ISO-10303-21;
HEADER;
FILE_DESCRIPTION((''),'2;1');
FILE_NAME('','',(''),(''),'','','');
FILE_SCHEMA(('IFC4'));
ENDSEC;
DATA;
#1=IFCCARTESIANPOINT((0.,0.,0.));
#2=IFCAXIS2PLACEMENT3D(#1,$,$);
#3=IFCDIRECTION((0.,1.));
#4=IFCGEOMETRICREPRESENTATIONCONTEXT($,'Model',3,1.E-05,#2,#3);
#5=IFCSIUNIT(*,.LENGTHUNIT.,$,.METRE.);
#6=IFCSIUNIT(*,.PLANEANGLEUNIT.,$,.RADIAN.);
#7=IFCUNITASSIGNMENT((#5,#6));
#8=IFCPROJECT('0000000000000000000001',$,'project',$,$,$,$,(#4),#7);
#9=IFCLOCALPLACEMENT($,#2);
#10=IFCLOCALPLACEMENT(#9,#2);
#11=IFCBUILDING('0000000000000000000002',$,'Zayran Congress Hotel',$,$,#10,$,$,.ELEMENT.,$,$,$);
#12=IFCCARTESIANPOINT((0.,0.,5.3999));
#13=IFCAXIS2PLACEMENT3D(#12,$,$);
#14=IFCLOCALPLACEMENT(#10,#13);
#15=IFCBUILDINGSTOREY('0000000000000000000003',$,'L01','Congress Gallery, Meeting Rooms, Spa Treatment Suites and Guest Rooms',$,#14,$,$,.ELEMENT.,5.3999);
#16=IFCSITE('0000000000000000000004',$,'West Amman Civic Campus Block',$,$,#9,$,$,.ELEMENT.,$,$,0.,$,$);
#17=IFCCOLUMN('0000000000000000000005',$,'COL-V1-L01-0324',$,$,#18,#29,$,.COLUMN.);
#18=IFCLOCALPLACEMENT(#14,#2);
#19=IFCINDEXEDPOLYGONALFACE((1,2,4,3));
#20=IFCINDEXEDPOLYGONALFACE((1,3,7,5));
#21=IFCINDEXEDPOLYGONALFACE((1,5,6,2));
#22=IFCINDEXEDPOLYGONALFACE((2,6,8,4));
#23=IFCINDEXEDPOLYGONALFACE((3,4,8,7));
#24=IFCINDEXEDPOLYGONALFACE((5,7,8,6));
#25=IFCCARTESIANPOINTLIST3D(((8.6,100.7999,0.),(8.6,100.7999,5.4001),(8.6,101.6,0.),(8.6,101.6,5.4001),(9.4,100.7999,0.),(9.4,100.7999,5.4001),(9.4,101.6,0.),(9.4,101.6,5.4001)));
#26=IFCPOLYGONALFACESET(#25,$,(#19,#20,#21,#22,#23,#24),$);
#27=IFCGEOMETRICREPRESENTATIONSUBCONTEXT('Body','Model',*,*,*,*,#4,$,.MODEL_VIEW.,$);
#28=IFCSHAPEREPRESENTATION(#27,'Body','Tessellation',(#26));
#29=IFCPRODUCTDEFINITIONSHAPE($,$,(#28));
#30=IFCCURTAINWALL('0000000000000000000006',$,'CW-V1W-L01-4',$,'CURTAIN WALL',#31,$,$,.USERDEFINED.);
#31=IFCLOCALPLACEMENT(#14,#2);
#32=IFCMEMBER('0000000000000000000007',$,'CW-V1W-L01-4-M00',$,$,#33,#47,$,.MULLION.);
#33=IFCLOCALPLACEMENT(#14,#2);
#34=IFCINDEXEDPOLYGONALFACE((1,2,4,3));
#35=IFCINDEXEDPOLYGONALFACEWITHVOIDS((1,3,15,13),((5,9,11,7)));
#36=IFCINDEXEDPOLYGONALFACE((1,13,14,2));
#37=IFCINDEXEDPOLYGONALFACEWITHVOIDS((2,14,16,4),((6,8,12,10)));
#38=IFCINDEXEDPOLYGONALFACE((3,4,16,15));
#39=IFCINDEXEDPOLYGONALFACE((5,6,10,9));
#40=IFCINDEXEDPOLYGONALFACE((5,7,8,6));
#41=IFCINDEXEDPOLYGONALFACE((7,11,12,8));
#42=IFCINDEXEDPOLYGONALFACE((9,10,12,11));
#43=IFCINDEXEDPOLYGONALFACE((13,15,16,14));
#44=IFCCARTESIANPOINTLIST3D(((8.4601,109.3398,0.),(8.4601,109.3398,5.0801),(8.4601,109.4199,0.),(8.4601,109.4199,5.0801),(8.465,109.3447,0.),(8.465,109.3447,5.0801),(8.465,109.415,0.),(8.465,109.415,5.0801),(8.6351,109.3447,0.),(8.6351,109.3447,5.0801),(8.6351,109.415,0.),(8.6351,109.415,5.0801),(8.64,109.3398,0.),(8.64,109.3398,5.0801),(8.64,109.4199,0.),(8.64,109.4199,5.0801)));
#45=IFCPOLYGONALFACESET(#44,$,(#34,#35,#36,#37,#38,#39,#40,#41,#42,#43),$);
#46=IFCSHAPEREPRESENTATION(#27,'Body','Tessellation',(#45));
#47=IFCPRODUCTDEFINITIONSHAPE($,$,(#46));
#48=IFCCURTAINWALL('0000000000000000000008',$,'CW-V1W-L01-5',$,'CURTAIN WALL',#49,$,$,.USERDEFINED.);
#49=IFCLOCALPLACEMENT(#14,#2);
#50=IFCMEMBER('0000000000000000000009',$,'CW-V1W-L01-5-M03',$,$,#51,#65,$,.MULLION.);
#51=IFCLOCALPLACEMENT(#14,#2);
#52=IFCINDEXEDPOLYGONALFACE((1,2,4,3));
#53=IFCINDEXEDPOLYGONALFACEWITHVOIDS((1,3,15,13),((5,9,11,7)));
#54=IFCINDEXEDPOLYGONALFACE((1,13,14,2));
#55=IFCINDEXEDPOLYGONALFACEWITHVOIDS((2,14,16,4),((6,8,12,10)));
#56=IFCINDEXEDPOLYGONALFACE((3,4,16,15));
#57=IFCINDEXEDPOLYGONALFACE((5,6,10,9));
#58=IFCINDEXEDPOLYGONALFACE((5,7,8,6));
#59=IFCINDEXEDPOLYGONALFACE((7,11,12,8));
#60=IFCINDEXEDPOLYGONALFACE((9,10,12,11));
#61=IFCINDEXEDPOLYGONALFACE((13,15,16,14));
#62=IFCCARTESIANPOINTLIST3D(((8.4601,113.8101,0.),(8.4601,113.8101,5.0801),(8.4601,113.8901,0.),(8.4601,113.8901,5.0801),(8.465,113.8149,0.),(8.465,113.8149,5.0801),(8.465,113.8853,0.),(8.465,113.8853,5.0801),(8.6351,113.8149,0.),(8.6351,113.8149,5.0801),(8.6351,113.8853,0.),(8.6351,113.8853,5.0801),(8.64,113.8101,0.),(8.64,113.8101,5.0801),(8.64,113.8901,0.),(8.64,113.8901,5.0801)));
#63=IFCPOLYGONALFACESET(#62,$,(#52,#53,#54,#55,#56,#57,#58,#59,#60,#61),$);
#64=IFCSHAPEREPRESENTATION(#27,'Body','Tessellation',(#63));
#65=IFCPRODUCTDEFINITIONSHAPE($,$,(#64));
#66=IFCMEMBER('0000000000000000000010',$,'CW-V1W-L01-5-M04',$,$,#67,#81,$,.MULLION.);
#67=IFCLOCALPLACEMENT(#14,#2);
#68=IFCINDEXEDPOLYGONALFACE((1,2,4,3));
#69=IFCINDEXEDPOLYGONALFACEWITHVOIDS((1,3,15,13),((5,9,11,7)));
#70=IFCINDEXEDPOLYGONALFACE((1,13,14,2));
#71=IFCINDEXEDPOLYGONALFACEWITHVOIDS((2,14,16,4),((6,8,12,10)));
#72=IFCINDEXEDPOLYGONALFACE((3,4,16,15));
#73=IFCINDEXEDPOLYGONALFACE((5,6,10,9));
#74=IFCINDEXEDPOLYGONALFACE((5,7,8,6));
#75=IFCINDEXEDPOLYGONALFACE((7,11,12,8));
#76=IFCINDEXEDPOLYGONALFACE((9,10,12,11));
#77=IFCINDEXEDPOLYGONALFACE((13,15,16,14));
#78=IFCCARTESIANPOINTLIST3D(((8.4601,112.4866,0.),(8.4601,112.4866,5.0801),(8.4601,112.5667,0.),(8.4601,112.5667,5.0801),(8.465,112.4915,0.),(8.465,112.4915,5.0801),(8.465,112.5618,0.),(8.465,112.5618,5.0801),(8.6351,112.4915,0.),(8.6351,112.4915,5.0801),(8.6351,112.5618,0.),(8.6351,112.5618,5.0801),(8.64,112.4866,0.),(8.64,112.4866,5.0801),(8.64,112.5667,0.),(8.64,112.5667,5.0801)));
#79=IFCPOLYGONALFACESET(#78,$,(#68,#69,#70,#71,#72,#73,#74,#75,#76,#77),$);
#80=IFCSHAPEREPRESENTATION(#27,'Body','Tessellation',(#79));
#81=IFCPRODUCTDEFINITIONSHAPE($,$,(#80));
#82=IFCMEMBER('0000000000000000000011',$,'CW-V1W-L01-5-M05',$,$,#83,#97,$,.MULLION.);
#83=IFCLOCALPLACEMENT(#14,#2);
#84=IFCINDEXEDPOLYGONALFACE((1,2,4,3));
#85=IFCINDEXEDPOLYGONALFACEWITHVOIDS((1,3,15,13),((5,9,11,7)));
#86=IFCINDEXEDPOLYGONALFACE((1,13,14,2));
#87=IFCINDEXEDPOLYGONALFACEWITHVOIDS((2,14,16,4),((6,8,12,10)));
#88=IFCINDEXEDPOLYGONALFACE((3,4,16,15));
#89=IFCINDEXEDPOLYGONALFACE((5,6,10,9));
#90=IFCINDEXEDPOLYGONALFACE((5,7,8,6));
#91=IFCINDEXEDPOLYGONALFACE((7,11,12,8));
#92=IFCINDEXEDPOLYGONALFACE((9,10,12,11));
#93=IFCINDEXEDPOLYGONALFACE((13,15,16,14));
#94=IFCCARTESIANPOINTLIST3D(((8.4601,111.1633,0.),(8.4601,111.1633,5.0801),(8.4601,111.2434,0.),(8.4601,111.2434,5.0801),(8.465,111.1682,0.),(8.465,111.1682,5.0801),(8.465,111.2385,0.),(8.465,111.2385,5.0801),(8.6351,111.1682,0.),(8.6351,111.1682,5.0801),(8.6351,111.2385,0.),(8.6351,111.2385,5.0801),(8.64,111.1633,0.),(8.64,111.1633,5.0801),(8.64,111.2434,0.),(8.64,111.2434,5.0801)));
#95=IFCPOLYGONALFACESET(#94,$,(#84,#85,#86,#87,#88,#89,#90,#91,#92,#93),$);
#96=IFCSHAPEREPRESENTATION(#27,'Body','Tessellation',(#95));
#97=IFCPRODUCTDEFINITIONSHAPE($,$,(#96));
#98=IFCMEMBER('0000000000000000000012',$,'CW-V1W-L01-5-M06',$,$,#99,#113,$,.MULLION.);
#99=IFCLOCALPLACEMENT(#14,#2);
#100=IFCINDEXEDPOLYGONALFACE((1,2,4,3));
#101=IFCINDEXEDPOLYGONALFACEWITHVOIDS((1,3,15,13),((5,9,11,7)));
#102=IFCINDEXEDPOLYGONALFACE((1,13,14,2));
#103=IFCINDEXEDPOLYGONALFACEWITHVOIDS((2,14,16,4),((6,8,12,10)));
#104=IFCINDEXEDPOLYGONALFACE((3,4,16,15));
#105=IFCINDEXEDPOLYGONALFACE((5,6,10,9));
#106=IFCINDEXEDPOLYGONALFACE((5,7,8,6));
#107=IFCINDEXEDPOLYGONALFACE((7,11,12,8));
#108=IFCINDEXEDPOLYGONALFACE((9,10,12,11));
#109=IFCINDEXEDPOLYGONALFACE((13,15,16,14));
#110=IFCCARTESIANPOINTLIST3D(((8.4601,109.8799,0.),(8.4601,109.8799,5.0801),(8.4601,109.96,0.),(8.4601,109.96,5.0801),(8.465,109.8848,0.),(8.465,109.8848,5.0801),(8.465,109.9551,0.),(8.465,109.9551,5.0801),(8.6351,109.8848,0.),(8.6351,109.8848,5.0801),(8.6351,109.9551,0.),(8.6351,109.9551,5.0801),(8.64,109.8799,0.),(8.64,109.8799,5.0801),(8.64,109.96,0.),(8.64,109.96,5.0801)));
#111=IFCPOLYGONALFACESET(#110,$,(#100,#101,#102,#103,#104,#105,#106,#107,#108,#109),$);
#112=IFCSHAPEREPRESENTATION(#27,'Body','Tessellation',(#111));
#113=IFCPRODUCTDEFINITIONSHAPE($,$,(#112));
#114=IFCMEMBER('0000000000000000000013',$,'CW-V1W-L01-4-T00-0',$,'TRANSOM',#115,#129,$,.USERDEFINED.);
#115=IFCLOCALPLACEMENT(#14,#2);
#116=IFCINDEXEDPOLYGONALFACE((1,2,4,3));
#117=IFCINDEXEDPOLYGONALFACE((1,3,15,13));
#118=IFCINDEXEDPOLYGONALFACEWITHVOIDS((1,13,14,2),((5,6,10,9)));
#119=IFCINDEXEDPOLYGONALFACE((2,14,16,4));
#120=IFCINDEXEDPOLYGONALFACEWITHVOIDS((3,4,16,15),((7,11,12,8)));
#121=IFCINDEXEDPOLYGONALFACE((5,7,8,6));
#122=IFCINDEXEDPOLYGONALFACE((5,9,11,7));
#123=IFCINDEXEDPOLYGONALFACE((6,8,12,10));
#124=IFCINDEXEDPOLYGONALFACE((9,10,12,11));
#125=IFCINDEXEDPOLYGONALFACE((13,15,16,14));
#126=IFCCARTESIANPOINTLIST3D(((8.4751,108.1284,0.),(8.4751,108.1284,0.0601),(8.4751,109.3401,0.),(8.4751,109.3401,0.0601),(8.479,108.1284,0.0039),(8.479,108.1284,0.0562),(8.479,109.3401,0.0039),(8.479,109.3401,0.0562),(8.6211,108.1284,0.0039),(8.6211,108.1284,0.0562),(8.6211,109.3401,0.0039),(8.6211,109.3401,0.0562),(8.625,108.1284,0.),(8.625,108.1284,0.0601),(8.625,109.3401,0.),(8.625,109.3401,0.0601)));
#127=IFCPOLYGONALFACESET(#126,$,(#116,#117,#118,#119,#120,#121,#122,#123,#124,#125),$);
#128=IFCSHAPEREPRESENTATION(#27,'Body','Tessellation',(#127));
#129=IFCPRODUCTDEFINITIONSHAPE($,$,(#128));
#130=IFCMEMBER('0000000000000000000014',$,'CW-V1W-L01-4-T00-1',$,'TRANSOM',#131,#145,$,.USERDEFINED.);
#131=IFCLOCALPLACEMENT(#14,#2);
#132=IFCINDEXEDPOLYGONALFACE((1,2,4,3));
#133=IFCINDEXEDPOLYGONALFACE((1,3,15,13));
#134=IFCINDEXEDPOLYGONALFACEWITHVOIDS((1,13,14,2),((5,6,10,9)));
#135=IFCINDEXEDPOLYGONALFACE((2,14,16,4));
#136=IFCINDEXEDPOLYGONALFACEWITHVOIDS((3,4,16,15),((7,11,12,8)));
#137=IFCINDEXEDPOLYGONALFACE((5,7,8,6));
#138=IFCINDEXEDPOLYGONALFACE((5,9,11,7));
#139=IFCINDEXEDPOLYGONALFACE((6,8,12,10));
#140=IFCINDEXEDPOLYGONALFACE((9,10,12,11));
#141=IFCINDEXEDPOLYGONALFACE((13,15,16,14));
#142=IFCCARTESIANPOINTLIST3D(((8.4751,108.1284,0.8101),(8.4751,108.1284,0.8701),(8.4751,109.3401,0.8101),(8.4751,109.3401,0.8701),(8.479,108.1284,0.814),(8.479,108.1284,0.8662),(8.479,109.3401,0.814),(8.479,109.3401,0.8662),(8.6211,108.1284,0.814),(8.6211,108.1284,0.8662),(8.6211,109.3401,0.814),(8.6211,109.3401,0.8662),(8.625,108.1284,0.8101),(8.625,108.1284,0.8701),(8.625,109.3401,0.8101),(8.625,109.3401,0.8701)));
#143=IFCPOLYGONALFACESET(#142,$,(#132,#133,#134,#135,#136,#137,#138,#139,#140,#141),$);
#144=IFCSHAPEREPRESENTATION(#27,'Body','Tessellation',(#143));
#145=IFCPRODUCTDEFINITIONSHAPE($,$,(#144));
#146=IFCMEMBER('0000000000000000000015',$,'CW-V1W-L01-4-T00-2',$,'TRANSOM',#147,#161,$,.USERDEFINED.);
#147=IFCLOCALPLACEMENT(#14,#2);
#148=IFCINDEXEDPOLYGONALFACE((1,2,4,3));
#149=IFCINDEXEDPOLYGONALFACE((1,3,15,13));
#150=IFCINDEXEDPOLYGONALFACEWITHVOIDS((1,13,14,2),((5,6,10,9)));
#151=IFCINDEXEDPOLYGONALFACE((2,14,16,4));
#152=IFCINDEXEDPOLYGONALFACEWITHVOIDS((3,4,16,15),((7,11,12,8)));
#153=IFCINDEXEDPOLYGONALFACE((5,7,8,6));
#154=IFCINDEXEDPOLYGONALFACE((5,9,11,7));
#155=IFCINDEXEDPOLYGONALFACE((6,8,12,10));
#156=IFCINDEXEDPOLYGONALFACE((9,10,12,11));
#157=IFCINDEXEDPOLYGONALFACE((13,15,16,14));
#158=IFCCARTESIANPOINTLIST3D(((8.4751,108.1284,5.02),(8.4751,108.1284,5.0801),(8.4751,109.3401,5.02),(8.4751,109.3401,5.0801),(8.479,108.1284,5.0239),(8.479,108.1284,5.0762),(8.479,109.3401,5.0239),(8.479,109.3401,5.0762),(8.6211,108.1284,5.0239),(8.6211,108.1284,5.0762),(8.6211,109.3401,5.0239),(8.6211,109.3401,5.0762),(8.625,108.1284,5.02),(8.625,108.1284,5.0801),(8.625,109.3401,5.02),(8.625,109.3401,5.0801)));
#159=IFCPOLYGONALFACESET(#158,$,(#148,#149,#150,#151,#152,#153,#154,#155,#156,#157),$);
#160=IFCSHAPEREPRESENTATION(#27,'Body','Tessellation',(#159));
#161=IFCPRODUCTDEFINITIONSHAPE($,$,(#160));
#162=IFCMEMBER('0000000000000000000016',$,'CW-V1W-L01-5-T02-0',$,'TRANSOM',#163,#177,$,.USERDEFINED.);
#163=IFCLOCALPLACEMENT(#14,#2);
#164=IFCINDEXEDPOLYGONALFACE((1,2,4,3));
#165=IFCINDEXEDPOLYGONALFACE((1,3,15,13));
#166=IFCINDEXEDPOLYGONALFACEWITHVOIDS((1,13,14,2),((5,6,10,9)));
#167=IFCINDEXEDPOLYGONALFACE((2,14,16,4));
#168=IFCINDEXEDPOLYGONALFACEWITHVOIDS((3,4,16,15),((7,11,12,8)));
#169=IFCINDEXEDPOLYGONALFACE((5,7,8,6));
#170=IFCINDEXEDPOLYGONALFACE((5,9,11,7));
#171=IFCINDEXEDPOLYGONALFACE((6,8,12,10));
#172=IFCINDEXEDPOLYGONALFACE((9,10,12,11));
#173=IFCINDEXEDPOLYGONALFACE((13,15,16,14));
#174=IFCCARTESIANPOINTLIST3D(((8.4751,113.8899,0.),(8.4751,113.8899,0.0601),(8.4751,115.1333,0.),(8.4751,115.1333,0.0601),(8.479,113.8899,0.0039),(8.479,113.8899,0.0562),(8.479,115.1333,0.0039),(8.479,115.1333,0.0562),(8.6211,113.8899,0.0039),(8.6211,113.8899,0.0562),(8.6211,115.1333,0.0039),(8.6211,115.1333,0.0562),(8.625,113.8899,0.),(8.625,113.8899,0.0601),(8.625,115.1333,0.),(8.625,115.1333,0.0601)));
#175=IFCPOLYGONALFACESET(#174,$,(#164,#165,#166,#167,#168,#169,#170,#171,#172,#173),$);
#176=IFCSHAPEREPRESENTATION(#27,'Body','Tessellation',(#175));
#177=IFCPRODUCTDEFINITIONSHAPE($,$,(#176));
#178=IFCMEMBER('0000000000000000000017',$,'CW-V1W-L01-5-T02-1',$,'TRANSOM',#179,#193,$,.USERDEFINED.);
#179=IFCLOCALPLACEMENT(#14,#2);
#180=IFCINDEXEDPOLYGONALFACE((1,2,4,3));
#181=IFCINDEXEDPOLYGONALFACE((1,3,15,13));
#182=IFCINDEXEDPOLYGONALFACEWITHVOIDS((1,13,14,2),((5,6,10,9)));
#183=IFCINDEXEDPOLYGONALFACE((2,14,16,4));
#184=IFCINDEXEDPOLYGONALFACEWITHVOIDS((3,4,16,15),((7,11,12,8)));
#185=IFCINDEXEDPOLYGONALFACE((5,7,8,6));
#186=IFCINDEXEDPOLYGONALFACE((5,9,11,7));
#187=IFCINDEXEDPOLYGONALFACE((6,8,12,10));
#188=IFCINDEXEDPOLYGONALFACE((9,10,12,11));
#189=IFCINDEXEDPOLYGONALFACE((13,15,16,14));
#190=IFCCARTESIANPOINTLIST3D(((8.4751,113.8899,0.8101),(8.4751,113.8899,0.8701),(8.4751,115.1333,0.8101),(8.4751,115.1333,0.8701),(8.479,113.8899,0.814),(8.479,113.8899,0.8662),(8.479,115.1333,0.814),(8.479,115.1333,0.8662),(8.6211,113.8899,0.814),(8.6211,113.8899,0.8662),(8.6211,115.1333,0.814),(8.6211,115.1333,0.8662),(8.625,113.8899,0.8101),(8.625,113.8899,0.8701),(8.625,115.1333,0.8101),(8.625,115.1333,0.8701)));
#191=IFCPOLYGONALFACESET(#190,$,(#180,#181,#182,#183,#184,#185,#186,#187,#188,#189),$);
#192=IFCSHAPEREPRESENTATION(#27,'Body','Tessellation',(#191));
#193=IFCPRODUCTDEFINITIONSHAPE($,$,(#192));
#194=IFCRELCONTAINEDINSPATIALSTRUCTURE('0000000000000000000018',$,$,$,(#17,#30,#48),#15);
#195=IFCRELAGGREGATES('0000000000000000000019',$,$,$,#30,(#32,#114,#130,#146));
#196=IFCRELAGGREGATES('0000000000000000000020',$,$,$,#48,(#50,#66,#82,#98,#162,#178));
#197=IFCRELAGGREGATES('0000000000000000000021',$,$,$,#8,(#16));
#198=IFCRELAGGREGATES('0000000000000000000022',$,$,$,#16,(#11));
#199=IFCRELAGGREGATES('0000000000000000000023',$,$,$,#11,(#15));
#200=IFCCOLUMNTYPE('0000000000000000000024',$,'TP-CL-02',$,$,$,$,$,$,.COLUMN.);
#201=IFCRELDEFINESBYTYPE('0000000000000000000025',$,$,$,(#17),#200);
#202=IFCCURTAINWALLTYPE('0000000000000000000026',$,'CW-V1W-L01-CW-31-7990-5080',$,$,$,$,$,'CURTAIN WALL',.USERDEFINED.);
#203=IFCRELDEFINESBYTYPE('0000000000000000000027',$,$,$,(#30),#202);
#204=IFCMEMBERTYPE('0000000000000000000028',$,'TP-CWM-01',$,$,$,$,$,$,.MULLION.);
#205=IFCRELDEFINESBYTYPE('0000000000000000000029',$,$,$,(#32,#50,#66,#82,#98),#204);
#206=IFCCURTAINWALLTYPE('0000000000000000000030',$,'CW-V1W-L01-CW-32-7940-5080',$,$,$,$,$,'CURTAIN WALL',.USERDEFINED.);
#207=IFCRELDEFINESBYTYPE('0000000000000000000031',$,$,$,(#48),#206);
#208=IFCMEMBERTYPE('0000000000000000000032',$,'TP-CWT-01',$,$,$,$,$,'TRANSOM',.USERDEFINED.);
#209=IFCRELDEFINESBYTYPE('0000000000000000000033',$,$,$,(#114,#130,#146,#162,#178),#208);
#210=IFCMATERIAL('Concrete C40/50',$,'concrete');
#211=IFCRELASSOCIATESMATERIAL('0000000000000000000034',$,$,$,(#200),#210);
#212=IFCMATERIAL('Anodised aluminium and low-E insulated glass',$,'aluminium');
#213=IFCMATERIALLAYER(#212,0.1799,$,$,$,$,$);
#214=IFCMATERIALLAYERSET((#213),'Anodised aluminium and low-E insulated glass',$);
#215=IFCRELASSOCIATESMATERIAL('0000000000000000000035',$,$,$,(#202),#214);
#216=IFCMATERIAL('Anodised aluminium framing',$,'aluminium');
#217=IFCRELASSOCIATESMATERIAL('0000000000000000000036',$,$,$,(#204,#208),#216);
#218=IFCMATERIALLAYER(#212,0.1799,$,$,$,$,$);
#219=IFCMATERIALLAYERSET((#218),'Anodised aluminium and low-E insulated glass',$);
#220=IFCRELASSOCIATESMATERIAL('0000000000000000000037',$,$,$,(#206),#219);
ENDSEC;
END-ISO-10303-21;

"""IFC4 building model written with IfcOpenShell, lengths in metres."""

from ifc_helpers import new_model, si_unit, direction, frame, origin, origin_2d, place, context, subcontext, project, spatial, rectangle, hollow_rectangle, extrude, material, layer, layer_set, material_profile, profile_set, type_object, element, aggregate, save


model = new_model("IFC4")

# Units and contexts
model_context = context("Model", 3, precision=1e-05, world=origin(), true_north=direction((0.0, 1.0)))
body_context = subcontext(model_context, "Body", "Model", "MODEL_VIEW")
ifc_project = project(units=[si_unit("LENGTHUNIT", "METRE"), si_unit("PLANEANGLEUNIT", "RADIAN")], contexts=[model_context])

# Site, building, storey
site_placement = place(None, origin())
site = spatial("IfcSite", under=ifc_project, at=site_placement, Name="West Amman Civic Campus Block", CompositionType="ELEMENT", RefElevation=0.0)
building_placement = place(site_placement, origin())
building = spatial("IfcBuilding", under=site, at=building_placement, Name="Zayran Congress Hotel", CompositionType="ELEMENT")
storey_placement = place(building_placement, frame((0.0, 0.0, 5.3999)))
storey = spatial("IfcBuildingStorey", under=building, at=storey_placement, Name="L01", Description="Congress Gallery, Meeting Rooms, Spa Treatment Suites and Guest Rooms", CompositionType="ELEMENT", Elevation=5.3999)

# Column
ifc_material_1 = material(Name="Concrete C40/50", Category="concrete")
ifc_material_profile_1 = material_profile(ifc_material_1, rectangle(XDim=0.8, YDim=0.8, at=origin_2d()), Name="RC 800x800")
ifc_profile_set_1 = profile_set([ifc_material_profile_1], Name="Concrete C40/50")
column_type = type_object("IfcColumnType", Name="TP-CL-02", PredefinedType="COLUMN", material=ifc_profile_set_1)
column_placement = place(storey_placement, frame((9.0, 101.2, 0.0), z_axis=(0.0, 0.0, 1.0), x_axis=(1.0, 0.0, 0.0)))
element("IfcColumn", 1, at=column_placement, inside=storey, type_object=column_type, Name="COL-V1-L01-0324", PredefinedType="COLUMN", context=body_context, shape_type="SweptSolid", body=[
    extrude(rectangle(XDim=0.8, YDim=0.8, at=origin_2d()), origin(), (0.0, 0.0, 1.0), 5.4001),
])

# Curtain wall, member
ifc_material_2 = material(Name="Anodised aluminium and low-E insulated glass", Category="aluminium")
ifc_layer_1 = layer(ifc_material_2, 0.1799)
ifc_layer_set_1 = layer_set([ifc_layer_1], Name="Anodised aluminium and low-E insulated glass")
curtain_wall_type_1 = type_object("IfcCurtainWallType", Name="CW-V1W-L01-CW-31-7990-5080", ElementType="CURTAIN WALL", PredefinedType="USERDEFINED", material=ifc_layer_set_1)
curtain_wall_1_placement = place(storey_placement, origin())
curtain_wall_1 = element("IfcCurtainWall", 2, at=curtain_wall_1_placement, inside=storey, type_object=curtain_wall_type_1, Name="CW-V1W-L01-4", ObjectType="CURTAIN WALL", PredefinedType="USERDEFINED")
ifc_material_3 = material(Name="Anodised aluminium framing", Category="aluminium")
ifc_material_profile_2 = material_profile(ifc_material_3, hollow_rectangle(XDim=0.0801, YDim=0.1799, WallThickness=0.0049, at=origin_2d()), Name="RHS 180x80x5")
ifc_profile_set_2 = profile_set([ifc_material_profile_2], Name="Anodised aluminium framing")
member_type_1 = type_object("IfcMemberType", Name="TP-CWM-01", PredefinedType="MULLION", material=ifc_profile_set_2)
member_1_placement = place(storey_placement, frame((8.55, 109.3799, 0.0), z_axis=(0.0, 0.0, 1.0), x_axis=(0.0, 1.0, 0.0)))
member_1 = element("IfcMember", 3, at=member_1_placement, type_object=member_type_1, Name="CW-V1W-L01-4-M00", PredefinedType="MULLION", context=body_context, shape_type="SweptSolid", body=[
    extrude(hollow_rectangle(XDim=0.0801, YDim=0.1799, WallThickness=0.0049, at=origin_2d()), origin(), (0.0, 0.0, 1.0), 5.0801),
])

# Curtain wall, members
ifc_layer_2 = layer(ifc_material_2, 0.1799)
ifc_layer_set_2 = layer_set([ifc_layer_2], Name="Anodised aluminium and low-E insulated glass")
curtain_wall_type_2 = type_object("IfcCurtainWallType", Name="CW-V1W-L01-CW-32-7940-5080", ElementType="CURTAIN WALL", PredefinedType="USERDEFINED", material=ifc_layer_set_2)
curtain_wall_2_placement = place(storey_placement, origin())
curtain_wall_2 = element("IfcCurtainWall", 4, at=curtain_wall_2_placement, inside=storey, type_object=curtain_wall_type_2, Name="CW-V1W-L01-5", ObjectType="CURTAIN WALL", PredefinedType="USERDEFINED")
member_2_placement = place(storey_placement, frame((8.55, 113.8501, 0.0), z_axis=(0.0, 0.0, 1.0), x_axis=(0.0, 1.0, 0.0)))
member_2 = element("IfcMember", 5, at=member_2_placement, type_object=member_type_1, Name="CW-V1W-L01-5-M03", PredefinedType="MULLION", context=body_context, shape_type="SweptSolid", body=[
    extrude(hollow_rectangle(XDim=0.0801, YDim=0.1799, WallThickness=0.0049, at=origin_2d()), origin(), (0.0, 0.0, 1.0), 5.0801),
])
member_3_placement = place(storey_placement, frame((8.55, 112.5266, 0.0), z_axis=(0.0, 0.0, 1.0), x_axis=(0.0, 1.0, 0.0)))
member_3 = element("IfcMember", 6, at=member_3_placement, type_object=member_type_1, Name="CW-V1W-L01-5-M04", PredefinedType="MULLION", context=body_context, shape_type="SweptSolid", body=[
    extrude(hollow_rectangle(XDim=0.0801, YDim=0.1799, WallThickness=0.0049, at=origin_2d()), origin(), (0.0, 0.0, 1.0), 5.0801),
])
member_4_placement = place(storey_placement, frame((8.55, 111.2034, 0.0), z_axis=(0.0, 0.0, 1.0), x_axis=(0.0, 1.0, 0.0)))
member_4 = element("IfcMember", 7, at=member_4_placement, type_object=member_type_1, Name="CW-V1W-L01-5-M05", PredefinedType="MULLION", context=body_context, shape_type="SweptSolid", body=[
    extrude(hollow_rectangle(XDim=0.0801, YDim=0.1799, WallThickness=0.0049, at=origin_2d()), origin(), (0.0, 0.0, 1.0), 5.0801),
])
member_5_placement = place(storey_placement, frame((8.55, 109.9199, 0.0), z_axis=(0.0, 0.0, 1.0), x_axis=(0.0, 1.0, 0.0)))
member_5 = element("IfcMember", 8, at=member_5_placement, type_object=member_type_1, Name="CW-V1W-L01-5-M06", PredefinedType="MULLION", context=body_context, shape_type="SweptSolid", body=[
    extrude(hollow_rectangle(XDim=0.0801, YDim=0.1799, WallThickness=0.0049, at=origin_2d()), origin(), (0.0, 0.0, 1.0), 5.0801),
])

# Members
ifc_material_profile_3 = material_profile(ifc_material_3, hollow_rectangle(XDim=0.0601, YDim=0.1499, WallThickness=0.0039, at=origin_2d()), Name="RHS 150x60x4")
ifc_profile_set_3 = profile_set([ifc_material_profile_3], Name="Anodised aluminium framing")
member_type_2 = type_object("IfcMemberType", Name="TP-CWT-01", ElementType="TRANSOM", PredefinedType="USERDEFINED", material=ifc_profile_set_3)
member_6_placement = place(storey_placement, frame((8.55, 109.3401, 0.03), z_axis=(0.0, -1.0, 0.0), x_axis=(0.0, 0.0, 1.0)))
member_6 = element("IfcMember", 9, at=member_6_placement, type_object=member_type_2, Name="CW-V1W-L01-4-T00-0", ObjectType="TRANSOM", PredefinedType="USERDEFINED", context=body_context, shape_type="SweptSolid", body=[
    extrude(hollow_rectangle(XDim=0.0601, YDim=0.1499, WallThickness=0.0039, at=origin_2d()), origin(), (0.0, 0.0, 1.0), 1.2117),
])
member_7_placement = place(storey_placement, frame((8.55, 109.3401, 0.8401), z_axis=(0.0, -1.0, 0.0), x_axis=(0.0, 0.0, 1.0)))
member_7 = element("IfcMember", 10, at=member_7_placement, type_object=member_type_2, Name="CW-V1W-L01-4-T00-1", ObjectType="TRANSOM", PredefinedType="USERDEFINED", context=body_context, shape_type="SweptSolid", body=[
    extrude(hollow_rectangle(XDim=0.0601, YDim=0.1499, WallThickness=0.0039, at=origin_2d()), origin(), (0.0, 0.0, 1.0), 1.2117),
])
member_8_placement = place(storey_placement, frame((8.55, 109.3401, 5.05), z_axis=(0.0, -1.0, 0.0), x_axis=(0.0, 0.0, 1.0)))
member_8 = element("IfcMember", 11, at=member_8_placement, type_object=member_type_2, Name="CW-V1W-L01-4-T00-2", ObjectType="TRANSOM", PredefinedType="USERDEFINED", context=body_context, shape_type="SweptSolid", body=[
    extrude(hollow_rectangle(XDim=0.0601, YDim=0.1499, WallThickness=0.0039, at=origin_2d()), origin(), (0.0, 0.0, 1.0), 1.2117),
])
member_9_placement = place(storey_placement, frame((8.55, 115.1333, 0.03), z_axis=(0.0, -1.0, 0.0), x_axis=(0.0, 0.0, 1.0)))
member_9 = element("IfcMember", 12, at=member_9_placement, type_object=member_type_2, Name="CW-V1W-L01-5-T02-0", ObjectType="TRANSOM", PredefinedType="USERDEFINED", context=body_context, shape_type="SweptSolid", body=[
    extrude(hollow_rectangle(XDim=0.0601, YDim=0.1499, WallThickness=0.0039, at=origin_2d()), origin(), (0.0, 0.0, 1.0), 1.2434),
])
member_10_placement = place(storey_placement, frame((8.55, 115.1333, 0.8401), z_axis=(0.0, -1.0, 0.0), x_axis=(0.0, 0.0, 1.0)))
member_10 = element("IfcMember", 13, at=member_10_placement, type_object=member_type_2, Name="CW-V1W-L01-5-T02-1", ObjectType="TRANSOM", PredefinedType="USERDEFINED", context=body_context, shape_type="SweptSolid", body=[
    extrude(hollow_rectangle(XDim=0.0601, YDim=0.1499, WallThickness=0.0039, at=origin_2d()), origin(), (0.0, 0.0, 1.0), 1.2434),
])

aggregate(curtain_wall_1, [member_1, member_6, member_7, member_8])
aggregate(curtain_wall_2, [member_2, member_3, member_4, member_5, member_9, member_10])

save(model, "model.ifc")
